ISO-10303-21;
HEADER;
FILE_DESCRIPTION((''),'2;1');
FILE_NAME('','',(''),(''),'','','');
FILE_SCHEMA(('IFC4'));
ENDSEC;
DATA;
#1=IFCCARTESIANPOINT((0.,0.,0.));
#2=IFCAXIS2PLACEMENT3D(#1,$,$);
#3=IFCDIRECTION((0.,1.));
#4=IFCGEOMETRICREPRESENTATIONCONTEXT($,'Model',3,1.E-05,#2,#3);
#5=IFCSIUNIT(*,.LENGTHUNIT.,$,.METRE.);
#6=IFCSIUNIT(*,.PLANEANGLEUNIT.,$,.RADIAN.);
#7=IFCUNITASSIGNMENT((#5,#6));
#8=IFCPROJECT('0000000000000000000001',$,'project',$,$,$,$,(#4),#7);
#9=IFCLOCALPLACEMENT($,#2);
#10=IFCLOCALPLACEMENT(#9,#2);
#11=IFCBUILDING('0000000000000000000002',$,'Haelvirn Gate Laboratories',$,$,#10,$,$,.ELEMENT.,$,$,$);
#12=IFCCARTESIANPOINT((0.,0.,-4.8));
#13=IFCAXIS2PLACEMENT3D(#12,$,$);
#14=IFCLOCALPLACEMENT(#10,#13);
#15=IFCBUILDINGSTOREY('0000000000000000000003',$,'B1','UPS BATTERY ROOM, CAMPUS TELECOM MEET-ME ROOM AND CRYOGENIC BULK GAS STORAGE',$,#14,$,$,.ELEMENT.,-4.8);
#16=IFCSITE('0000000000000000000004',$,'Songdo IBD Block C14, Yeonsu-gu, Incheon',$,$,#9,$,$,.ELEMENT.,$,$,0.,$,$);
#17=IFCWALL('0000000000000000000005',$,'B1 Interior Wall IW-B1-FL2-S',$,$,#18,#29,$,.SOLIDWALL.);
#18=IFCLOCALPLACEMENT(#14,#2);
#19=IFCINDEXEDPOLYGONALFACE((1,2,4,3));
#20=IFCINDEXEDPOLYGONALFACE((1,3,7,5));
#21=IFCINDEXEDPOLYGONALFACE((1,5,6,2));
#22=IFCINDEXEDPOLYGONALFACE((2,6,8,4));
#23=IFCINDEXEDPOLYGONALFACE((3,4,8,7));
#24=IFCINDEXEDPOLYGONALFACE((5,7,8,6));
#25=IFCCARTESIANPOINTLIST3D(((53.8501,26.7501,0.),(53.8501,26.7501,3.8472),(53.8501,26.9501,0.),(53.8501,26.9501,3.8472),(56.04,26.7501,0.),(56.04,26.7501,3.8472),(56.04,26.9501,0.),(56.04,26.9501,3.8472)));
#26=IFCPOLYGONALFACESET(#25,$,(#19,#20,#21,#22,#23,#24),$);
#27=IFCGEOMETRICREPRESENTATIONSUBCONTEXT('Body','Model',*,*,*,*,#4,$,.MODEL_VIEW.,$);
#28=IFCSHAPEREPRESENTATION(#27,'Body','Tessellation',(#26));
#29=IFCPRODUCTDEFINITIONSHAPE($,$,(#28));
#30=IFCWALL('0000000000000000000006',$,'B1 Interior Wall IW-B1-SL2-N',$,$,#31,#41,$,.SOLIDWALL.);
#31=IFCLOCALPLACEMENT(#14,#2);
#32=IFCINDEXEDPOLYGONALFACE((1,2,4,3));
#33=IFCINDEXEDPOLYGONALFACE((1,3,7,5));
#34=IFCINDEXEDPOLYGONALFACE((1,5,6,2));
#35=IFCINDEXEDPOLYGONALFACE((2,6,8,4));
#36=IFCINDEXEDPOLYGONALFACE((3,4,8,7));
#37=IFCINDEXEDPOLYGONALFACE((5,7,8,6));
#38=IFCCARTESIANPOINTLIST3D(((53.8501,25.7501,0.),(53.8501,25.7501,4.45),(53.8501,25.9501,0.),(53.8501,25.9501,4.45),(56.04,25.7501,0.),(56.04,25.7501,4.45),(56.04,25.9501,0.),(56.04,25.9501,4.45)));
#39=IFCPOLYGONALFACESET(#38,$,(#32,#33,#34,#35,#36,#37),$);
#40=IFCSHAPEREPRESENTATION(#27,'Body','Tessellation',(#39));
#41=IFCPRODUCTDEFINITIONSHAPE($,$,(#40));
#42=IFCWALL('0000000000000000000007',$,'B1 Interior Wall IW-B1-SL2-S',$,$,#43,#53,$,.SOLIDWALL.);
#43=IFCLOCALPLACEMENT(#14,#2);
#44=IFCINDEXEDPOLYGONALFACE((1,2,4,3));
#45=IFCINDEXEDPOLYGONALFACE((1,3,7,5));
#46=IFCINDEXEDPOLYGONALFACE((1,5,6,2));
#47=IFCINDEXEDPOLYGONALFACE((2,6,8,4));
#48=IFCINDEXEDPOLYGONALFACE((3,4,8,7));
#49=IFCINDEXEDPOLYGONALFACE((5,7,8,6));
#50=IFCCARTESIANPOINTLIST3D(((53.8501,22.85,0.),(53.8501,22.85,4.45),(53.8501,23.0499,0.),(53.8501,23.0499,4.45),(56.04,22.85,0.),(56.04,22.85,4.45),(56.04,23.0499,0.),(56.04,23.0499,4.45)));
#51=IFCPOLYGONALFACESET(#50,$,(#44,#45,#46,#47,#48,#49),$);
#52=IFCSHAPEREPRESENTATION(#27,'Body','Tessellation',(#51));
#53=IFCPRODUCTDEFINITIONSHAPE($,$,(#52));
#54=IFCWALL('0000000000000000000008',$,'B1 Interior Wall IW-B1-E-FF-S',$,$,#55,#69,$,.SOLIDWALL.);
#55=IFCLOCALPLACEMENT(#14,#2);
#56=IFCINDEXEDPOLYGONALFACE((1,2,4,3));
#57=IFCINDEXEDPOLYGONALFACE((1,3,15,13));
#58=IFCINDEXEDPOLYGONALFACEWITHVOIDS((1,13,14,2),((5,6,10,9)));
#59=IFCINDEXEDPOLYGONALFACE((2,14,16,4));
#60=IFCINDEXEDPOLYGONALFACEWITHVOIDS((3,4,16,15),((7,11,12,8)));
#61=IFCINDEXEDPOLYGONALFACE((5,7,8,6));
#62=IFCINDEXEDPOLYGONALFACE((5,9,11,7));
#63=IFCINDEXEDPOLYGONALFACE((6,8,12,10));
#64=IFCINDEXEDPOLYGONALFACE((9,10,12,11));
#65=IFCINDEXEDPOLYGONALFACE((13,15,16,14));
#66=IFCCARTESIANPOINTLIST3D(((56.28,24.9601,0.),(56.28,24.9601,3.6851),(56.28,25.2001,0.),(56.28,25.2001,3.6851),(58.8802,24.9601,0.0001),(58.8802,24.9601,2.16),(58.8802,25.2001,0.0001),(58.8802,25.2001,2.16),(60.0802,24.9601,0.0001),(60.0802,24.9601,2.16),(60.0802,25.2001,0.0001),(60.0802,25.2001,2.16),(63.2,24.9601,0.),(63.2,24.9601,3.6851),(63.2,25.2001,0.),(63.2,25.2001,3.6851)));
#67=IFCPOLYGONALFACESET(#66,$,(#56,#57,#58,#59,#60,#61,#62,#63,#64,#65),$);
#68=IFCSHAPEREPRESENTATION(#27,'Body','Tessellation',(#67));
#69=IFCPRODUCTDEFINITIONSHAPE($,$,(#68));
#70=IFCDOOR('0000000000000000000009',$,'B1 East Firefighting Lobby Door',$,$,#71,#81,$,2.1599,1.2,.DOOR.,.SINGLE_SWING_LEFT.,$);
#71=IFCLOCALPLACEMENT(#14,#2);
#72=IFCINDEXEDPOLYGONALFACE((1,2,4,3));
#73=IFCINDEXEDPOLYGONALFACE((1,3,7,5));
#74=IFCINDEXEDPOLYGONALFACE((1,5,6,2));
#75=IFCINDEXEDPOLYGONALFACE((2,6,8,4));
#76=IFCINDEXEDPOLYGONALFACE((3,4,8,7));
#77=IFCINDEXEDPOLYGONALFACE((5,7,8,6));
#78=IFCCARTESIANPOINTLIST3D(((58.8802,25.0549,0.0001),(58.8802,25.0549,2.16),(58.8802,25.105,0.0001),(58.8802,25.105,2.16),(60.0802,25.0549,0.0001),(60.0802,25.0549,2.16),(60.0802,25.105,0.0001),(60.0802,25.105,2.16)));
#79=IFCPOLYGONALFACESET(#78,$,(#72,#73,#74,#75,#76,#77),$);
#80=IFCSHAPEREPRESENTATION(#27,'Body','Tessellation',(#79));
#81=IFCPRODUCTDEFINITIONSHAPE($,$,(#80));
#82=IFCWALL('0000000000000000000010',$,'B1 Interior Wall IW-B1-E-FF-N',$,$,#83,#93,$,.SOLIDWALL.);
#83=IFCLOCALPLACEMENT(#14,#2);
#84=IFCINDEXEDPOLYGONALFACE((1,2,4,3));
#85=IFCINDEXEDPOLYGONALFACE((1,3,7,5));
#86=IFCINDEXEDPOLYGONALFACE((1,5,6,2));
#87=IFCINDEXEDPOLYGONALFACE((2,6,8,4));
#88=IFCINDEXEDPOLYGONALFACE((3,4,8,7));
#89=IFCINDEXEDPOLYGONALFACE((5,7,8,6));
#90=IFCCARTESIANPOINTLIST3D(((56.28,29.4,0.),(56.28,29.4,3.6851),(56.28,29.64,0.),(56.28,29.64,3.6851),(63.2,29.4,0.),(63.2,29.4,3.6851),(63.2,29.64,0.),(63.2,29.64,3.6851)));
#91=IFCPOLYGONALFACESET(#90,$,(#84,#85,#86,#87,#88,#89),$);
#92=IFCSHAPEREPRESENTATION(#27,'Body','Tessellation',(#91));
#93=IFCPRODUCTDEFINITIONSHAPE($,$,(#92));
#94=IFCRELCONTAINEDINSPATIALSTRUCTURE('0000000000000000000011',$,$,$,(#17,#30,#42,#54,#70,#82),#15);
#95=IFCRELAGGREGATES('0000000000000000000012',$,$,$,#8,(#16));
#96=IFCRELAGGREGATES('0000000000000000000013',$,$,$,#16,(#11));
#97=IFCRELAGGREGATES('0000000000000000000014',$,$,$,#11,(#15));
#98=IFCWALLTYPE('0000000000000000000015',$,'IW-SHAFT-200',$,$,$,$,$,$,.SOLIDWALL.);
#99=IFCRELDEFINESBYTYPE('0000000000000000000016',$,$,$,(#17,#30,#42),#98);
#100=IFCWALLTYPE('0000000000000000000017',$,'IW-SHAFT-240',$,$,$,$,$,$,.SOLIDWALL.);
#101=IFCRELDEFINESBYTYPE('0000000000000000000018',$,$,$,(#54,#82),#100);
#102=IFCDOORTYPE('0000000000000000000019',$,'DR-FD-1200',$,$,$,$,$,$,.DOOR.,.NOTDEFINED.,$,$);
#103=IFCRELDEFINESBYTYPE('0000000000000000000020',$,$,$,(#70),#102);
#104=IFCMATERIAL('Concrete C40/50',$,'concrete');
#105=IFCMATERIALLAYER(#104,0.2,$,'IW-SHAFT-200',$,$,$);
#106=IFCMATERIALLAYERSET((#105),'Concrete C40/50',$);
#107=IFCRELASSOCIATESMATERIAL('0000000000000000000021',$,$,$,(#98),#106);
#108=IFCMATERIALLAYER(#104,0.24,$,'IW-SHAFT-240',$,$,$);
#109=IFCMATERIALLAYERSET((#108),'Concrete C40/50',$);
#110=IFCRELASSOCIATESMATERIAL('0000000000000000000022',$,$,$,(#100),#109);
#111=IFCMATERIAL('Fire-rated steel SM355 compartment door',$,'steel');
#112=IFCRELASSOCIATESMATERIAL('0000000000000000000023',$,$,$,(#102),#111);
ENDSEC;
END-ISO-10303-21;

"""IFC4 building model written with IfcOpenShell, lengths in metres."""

from ifc_helpers import new_model, si_unit, direction, frame, frame_2d, origin, place, context, subcontext, project, spatial, rectangle, extrude, source, transform, mapped, material, layer, layer_set, type_object, type_shapes, element, fill, save


model = new_model("IFC4")

# Units and contexts
model_context = context("Model", 3, precision=1e-05, world=origin(), true_north=direction((0.0, 1.0)))
body_context = subcontext(model_context, "Body", "Model", "MODEL_VIEW")
ifc_project = project(units=[si_unit("LENGTHUNIT", "METRE"), si_unit("PLANEANGLEUNIT", "RADIAN")], contexts=[model_context])

# Site, building, storey
site_placement = place(None, origin())
site = spatial("IfcSite", under=ifc_project, at=site_placement, Name="Songdo IBD Block C14, Yeonsu-gu, Incheon", CompositionType="ELEMENT", RefElevation=0.0)
building_placement = place(site_placement, origin())
building = spatial("IfcBuilding", under=site, at=building_placement, Name="Haelvirn Gate Laboratories", CompositionType="ELEMENT")
storey_placement = place(building_placement, frame((0.0, 0.0, -4.8)))
storey = spatial("IfcBuildingStorey", under=building, at=storey_placement, Name="B1", Description="UPS BATTERY ROOM, CAMPUS TELECOM MEET-ME ROOM AND CRYOGENIC BULK GAS STORAGE", CompositionType="ELEMENT", Elevation=-4.8)

# Walls
ifc_material_1 = material(Name="Concrete C40/50", Category="concrete")
ifc_layer_1 = layer(ifc_material_1, 0.2, Name="IW-SHAFT-200")
ifc_layer_set_1 = layer_set([ifc_layer_1], Name="Concrete C40/50")
wall_type_1 = type_object("IfcWallType", Name="IW-SHAFT-200", PredefinedType="SOLIDWALL", material=ifc_layer_set_1)
wall_1_placement = place(storey_placement, frame((53.8501, 26.8501, 0.0), z_axis=(0.0, 0.0, 1.0), x_axis=(1.0, 0.0, 0.0)))
element("IfcWall", 1, at=wall_1_placement, inside=storey, type_object=wall_type_1, Name="B1 Interior Wall IW-B1-FL2-S", PredefinedType="SOLIDWALL", context=body_context, shape_type="SweptSolid", body=[
    extrude(rectangle(XDim=2.1899, YDim=0.2, at=frame_2d((1.095, 0.0))), origin(), (0.0, 0.0, 1.0), 3.8472),
])
for number, where, z_axis, x_axis, name in (
    (2, (53.8501, 25.8501, 0.0), (0.0, 0.0, 1.0), (1.0, 0.0, 0.0), "B1 Interior Wall IW-B1-SL2-N"),
    (3, (53.8501, 22.95, 0.0), (0.0, 0.0, 1.0), (1.0, 0.0, 0.0), "B1 Interior Wall IW-B1-SL2-S"),
):
    element("IfcWall", number, at=place(storey_placement, frame(where, z_axis=z_axis, x_axis=x_axis)), inside=storey, type_object=wall_type_1, Name=name, PredefinedType="SOLIDWALL", context=body_context, shape_type="SweptSolid", body=[
        extrude(rectangle(XDim=2.1899, YDim=0.2, at=frame_2d((1.095, 0.0))), origin(), (0.0, 0.0, 1.0), 4.45),
    ])

# Wall, opening, door
ifc_layer_2 = layer(ifc_material_1, 0.24, Name="IW-SHAFT-240")
ifc_layer_set_2 = layer_set([ifc_layer_2], Name="Concrete C40/50")
wall_type_2 = type_object("IfcWallType", Name="IW-SHAFT-240", PredefinedType="SOLIDWALL", material=ifc_layer_set_2)
wall_2_placement = place(storey_placement, frame((56.28, 25.0801, 0.0), z_axis=(0.0, 0.0, 1.0), x_axis=(1.0, 0.0, 0.0)))
wall_2 = element("IfcWall", 4, at=wall_2_placement, inside=storey, type_object=wall_type_2, Name="B1 Interior Wall IW-B1-E-FF-S", PredefinedType="SOLIDWALL", context=body_context, shape_type="SweptSolid", body=[
    extrude(rectangle(XDim=6.9199, YDim=0.24, at=frame_2d((3.46, 0.0))), origin(), (0.0, 0.0, 1.0), 3.6851),
])
opening_placement = place(wall_2_placement, frame((2.6001, 0.0, 0.0)))
opening = element("IfcOpeningElement", 5, at=opening_placement, cuts=wall_2, PredefinedType="OPENING", context=body_context, shape_type="SweptSolid", body=[
    extrude(rectangle(XDim=1.2, YDim=2.1599, at=frame_2d((0.6001, 1.0801))), frame((0.0, 0.1299, 0.0), z_axis=(0.0, -1.0, 0.0), x_axis=(1.0, 0.0, 0.0)), (0.0, 0.0, 1.0), 0.26),
])
ifc_material_2 = material(Name="Fire-rated steel SM355 compartment door", Category="steel")
door_type = type_object("IfcDoorType", Name="DR-FD-1200", OperationType="NOTDEFINED", PredefinedType="DOOR", material=ifc_material_2)
shared_shape_1 = source(origin(), body_context, "Body", "SweptSolid", [
    extrude(rectangle(XDim=1.2, YDim=2.1599, at=frame_2d((0.6001, 1.0801))), frame((0.0, 0.0249, 0.0), z_axis=(0.0, -1.0, 0.0), x_axis=(1.0, 0.0, 0.0)), (0.0, 0.0, 1.0), 0.05),
])
type_shapes(door_type, [shared_shape_1])
door_placement = place(opening_placement, origin())
door = element("IfcDoor", 6, at=door_placement, inside=storey, type_object=door_type, Name="B1 East Firefighting Lobby Door", OperationType="SINGLE_SWING_LEFT", OverallHeight=2.1599, OverallWidth=1.2, PredefinedType="DOOR", context=body_context, shape_type="MappedRepresentation", body=[
    mapped(shared_shape_1, transform((0.0, 0.0, 0.0), scale=1.0)),
])
fill(opening, door)

# Wall
wall_3_placement = place(storey_placement, frame((56.28, 29.52, 0.0), z_axis=(0.0, 0.0, 1.0), x_axis=(1.0, 0.0, 0.0)))
element("IfcWall", 7, at=wall_3_placement, inside=storey, type_object=wall_type_2, Name="B1 Interior Wall IW-B1-E-FF-N", PredefinedType="SOLIDWALL", context=body_context, shape_type="SweptSolid", body=[
    extrude(rectangle(XDim=6.9199, YDim=0.24, at=frame_2d((3.46, 0.0))), origin(), (0.0, 0.0, 1.0), 3.6851),
])

save(model, "model.ifc")
